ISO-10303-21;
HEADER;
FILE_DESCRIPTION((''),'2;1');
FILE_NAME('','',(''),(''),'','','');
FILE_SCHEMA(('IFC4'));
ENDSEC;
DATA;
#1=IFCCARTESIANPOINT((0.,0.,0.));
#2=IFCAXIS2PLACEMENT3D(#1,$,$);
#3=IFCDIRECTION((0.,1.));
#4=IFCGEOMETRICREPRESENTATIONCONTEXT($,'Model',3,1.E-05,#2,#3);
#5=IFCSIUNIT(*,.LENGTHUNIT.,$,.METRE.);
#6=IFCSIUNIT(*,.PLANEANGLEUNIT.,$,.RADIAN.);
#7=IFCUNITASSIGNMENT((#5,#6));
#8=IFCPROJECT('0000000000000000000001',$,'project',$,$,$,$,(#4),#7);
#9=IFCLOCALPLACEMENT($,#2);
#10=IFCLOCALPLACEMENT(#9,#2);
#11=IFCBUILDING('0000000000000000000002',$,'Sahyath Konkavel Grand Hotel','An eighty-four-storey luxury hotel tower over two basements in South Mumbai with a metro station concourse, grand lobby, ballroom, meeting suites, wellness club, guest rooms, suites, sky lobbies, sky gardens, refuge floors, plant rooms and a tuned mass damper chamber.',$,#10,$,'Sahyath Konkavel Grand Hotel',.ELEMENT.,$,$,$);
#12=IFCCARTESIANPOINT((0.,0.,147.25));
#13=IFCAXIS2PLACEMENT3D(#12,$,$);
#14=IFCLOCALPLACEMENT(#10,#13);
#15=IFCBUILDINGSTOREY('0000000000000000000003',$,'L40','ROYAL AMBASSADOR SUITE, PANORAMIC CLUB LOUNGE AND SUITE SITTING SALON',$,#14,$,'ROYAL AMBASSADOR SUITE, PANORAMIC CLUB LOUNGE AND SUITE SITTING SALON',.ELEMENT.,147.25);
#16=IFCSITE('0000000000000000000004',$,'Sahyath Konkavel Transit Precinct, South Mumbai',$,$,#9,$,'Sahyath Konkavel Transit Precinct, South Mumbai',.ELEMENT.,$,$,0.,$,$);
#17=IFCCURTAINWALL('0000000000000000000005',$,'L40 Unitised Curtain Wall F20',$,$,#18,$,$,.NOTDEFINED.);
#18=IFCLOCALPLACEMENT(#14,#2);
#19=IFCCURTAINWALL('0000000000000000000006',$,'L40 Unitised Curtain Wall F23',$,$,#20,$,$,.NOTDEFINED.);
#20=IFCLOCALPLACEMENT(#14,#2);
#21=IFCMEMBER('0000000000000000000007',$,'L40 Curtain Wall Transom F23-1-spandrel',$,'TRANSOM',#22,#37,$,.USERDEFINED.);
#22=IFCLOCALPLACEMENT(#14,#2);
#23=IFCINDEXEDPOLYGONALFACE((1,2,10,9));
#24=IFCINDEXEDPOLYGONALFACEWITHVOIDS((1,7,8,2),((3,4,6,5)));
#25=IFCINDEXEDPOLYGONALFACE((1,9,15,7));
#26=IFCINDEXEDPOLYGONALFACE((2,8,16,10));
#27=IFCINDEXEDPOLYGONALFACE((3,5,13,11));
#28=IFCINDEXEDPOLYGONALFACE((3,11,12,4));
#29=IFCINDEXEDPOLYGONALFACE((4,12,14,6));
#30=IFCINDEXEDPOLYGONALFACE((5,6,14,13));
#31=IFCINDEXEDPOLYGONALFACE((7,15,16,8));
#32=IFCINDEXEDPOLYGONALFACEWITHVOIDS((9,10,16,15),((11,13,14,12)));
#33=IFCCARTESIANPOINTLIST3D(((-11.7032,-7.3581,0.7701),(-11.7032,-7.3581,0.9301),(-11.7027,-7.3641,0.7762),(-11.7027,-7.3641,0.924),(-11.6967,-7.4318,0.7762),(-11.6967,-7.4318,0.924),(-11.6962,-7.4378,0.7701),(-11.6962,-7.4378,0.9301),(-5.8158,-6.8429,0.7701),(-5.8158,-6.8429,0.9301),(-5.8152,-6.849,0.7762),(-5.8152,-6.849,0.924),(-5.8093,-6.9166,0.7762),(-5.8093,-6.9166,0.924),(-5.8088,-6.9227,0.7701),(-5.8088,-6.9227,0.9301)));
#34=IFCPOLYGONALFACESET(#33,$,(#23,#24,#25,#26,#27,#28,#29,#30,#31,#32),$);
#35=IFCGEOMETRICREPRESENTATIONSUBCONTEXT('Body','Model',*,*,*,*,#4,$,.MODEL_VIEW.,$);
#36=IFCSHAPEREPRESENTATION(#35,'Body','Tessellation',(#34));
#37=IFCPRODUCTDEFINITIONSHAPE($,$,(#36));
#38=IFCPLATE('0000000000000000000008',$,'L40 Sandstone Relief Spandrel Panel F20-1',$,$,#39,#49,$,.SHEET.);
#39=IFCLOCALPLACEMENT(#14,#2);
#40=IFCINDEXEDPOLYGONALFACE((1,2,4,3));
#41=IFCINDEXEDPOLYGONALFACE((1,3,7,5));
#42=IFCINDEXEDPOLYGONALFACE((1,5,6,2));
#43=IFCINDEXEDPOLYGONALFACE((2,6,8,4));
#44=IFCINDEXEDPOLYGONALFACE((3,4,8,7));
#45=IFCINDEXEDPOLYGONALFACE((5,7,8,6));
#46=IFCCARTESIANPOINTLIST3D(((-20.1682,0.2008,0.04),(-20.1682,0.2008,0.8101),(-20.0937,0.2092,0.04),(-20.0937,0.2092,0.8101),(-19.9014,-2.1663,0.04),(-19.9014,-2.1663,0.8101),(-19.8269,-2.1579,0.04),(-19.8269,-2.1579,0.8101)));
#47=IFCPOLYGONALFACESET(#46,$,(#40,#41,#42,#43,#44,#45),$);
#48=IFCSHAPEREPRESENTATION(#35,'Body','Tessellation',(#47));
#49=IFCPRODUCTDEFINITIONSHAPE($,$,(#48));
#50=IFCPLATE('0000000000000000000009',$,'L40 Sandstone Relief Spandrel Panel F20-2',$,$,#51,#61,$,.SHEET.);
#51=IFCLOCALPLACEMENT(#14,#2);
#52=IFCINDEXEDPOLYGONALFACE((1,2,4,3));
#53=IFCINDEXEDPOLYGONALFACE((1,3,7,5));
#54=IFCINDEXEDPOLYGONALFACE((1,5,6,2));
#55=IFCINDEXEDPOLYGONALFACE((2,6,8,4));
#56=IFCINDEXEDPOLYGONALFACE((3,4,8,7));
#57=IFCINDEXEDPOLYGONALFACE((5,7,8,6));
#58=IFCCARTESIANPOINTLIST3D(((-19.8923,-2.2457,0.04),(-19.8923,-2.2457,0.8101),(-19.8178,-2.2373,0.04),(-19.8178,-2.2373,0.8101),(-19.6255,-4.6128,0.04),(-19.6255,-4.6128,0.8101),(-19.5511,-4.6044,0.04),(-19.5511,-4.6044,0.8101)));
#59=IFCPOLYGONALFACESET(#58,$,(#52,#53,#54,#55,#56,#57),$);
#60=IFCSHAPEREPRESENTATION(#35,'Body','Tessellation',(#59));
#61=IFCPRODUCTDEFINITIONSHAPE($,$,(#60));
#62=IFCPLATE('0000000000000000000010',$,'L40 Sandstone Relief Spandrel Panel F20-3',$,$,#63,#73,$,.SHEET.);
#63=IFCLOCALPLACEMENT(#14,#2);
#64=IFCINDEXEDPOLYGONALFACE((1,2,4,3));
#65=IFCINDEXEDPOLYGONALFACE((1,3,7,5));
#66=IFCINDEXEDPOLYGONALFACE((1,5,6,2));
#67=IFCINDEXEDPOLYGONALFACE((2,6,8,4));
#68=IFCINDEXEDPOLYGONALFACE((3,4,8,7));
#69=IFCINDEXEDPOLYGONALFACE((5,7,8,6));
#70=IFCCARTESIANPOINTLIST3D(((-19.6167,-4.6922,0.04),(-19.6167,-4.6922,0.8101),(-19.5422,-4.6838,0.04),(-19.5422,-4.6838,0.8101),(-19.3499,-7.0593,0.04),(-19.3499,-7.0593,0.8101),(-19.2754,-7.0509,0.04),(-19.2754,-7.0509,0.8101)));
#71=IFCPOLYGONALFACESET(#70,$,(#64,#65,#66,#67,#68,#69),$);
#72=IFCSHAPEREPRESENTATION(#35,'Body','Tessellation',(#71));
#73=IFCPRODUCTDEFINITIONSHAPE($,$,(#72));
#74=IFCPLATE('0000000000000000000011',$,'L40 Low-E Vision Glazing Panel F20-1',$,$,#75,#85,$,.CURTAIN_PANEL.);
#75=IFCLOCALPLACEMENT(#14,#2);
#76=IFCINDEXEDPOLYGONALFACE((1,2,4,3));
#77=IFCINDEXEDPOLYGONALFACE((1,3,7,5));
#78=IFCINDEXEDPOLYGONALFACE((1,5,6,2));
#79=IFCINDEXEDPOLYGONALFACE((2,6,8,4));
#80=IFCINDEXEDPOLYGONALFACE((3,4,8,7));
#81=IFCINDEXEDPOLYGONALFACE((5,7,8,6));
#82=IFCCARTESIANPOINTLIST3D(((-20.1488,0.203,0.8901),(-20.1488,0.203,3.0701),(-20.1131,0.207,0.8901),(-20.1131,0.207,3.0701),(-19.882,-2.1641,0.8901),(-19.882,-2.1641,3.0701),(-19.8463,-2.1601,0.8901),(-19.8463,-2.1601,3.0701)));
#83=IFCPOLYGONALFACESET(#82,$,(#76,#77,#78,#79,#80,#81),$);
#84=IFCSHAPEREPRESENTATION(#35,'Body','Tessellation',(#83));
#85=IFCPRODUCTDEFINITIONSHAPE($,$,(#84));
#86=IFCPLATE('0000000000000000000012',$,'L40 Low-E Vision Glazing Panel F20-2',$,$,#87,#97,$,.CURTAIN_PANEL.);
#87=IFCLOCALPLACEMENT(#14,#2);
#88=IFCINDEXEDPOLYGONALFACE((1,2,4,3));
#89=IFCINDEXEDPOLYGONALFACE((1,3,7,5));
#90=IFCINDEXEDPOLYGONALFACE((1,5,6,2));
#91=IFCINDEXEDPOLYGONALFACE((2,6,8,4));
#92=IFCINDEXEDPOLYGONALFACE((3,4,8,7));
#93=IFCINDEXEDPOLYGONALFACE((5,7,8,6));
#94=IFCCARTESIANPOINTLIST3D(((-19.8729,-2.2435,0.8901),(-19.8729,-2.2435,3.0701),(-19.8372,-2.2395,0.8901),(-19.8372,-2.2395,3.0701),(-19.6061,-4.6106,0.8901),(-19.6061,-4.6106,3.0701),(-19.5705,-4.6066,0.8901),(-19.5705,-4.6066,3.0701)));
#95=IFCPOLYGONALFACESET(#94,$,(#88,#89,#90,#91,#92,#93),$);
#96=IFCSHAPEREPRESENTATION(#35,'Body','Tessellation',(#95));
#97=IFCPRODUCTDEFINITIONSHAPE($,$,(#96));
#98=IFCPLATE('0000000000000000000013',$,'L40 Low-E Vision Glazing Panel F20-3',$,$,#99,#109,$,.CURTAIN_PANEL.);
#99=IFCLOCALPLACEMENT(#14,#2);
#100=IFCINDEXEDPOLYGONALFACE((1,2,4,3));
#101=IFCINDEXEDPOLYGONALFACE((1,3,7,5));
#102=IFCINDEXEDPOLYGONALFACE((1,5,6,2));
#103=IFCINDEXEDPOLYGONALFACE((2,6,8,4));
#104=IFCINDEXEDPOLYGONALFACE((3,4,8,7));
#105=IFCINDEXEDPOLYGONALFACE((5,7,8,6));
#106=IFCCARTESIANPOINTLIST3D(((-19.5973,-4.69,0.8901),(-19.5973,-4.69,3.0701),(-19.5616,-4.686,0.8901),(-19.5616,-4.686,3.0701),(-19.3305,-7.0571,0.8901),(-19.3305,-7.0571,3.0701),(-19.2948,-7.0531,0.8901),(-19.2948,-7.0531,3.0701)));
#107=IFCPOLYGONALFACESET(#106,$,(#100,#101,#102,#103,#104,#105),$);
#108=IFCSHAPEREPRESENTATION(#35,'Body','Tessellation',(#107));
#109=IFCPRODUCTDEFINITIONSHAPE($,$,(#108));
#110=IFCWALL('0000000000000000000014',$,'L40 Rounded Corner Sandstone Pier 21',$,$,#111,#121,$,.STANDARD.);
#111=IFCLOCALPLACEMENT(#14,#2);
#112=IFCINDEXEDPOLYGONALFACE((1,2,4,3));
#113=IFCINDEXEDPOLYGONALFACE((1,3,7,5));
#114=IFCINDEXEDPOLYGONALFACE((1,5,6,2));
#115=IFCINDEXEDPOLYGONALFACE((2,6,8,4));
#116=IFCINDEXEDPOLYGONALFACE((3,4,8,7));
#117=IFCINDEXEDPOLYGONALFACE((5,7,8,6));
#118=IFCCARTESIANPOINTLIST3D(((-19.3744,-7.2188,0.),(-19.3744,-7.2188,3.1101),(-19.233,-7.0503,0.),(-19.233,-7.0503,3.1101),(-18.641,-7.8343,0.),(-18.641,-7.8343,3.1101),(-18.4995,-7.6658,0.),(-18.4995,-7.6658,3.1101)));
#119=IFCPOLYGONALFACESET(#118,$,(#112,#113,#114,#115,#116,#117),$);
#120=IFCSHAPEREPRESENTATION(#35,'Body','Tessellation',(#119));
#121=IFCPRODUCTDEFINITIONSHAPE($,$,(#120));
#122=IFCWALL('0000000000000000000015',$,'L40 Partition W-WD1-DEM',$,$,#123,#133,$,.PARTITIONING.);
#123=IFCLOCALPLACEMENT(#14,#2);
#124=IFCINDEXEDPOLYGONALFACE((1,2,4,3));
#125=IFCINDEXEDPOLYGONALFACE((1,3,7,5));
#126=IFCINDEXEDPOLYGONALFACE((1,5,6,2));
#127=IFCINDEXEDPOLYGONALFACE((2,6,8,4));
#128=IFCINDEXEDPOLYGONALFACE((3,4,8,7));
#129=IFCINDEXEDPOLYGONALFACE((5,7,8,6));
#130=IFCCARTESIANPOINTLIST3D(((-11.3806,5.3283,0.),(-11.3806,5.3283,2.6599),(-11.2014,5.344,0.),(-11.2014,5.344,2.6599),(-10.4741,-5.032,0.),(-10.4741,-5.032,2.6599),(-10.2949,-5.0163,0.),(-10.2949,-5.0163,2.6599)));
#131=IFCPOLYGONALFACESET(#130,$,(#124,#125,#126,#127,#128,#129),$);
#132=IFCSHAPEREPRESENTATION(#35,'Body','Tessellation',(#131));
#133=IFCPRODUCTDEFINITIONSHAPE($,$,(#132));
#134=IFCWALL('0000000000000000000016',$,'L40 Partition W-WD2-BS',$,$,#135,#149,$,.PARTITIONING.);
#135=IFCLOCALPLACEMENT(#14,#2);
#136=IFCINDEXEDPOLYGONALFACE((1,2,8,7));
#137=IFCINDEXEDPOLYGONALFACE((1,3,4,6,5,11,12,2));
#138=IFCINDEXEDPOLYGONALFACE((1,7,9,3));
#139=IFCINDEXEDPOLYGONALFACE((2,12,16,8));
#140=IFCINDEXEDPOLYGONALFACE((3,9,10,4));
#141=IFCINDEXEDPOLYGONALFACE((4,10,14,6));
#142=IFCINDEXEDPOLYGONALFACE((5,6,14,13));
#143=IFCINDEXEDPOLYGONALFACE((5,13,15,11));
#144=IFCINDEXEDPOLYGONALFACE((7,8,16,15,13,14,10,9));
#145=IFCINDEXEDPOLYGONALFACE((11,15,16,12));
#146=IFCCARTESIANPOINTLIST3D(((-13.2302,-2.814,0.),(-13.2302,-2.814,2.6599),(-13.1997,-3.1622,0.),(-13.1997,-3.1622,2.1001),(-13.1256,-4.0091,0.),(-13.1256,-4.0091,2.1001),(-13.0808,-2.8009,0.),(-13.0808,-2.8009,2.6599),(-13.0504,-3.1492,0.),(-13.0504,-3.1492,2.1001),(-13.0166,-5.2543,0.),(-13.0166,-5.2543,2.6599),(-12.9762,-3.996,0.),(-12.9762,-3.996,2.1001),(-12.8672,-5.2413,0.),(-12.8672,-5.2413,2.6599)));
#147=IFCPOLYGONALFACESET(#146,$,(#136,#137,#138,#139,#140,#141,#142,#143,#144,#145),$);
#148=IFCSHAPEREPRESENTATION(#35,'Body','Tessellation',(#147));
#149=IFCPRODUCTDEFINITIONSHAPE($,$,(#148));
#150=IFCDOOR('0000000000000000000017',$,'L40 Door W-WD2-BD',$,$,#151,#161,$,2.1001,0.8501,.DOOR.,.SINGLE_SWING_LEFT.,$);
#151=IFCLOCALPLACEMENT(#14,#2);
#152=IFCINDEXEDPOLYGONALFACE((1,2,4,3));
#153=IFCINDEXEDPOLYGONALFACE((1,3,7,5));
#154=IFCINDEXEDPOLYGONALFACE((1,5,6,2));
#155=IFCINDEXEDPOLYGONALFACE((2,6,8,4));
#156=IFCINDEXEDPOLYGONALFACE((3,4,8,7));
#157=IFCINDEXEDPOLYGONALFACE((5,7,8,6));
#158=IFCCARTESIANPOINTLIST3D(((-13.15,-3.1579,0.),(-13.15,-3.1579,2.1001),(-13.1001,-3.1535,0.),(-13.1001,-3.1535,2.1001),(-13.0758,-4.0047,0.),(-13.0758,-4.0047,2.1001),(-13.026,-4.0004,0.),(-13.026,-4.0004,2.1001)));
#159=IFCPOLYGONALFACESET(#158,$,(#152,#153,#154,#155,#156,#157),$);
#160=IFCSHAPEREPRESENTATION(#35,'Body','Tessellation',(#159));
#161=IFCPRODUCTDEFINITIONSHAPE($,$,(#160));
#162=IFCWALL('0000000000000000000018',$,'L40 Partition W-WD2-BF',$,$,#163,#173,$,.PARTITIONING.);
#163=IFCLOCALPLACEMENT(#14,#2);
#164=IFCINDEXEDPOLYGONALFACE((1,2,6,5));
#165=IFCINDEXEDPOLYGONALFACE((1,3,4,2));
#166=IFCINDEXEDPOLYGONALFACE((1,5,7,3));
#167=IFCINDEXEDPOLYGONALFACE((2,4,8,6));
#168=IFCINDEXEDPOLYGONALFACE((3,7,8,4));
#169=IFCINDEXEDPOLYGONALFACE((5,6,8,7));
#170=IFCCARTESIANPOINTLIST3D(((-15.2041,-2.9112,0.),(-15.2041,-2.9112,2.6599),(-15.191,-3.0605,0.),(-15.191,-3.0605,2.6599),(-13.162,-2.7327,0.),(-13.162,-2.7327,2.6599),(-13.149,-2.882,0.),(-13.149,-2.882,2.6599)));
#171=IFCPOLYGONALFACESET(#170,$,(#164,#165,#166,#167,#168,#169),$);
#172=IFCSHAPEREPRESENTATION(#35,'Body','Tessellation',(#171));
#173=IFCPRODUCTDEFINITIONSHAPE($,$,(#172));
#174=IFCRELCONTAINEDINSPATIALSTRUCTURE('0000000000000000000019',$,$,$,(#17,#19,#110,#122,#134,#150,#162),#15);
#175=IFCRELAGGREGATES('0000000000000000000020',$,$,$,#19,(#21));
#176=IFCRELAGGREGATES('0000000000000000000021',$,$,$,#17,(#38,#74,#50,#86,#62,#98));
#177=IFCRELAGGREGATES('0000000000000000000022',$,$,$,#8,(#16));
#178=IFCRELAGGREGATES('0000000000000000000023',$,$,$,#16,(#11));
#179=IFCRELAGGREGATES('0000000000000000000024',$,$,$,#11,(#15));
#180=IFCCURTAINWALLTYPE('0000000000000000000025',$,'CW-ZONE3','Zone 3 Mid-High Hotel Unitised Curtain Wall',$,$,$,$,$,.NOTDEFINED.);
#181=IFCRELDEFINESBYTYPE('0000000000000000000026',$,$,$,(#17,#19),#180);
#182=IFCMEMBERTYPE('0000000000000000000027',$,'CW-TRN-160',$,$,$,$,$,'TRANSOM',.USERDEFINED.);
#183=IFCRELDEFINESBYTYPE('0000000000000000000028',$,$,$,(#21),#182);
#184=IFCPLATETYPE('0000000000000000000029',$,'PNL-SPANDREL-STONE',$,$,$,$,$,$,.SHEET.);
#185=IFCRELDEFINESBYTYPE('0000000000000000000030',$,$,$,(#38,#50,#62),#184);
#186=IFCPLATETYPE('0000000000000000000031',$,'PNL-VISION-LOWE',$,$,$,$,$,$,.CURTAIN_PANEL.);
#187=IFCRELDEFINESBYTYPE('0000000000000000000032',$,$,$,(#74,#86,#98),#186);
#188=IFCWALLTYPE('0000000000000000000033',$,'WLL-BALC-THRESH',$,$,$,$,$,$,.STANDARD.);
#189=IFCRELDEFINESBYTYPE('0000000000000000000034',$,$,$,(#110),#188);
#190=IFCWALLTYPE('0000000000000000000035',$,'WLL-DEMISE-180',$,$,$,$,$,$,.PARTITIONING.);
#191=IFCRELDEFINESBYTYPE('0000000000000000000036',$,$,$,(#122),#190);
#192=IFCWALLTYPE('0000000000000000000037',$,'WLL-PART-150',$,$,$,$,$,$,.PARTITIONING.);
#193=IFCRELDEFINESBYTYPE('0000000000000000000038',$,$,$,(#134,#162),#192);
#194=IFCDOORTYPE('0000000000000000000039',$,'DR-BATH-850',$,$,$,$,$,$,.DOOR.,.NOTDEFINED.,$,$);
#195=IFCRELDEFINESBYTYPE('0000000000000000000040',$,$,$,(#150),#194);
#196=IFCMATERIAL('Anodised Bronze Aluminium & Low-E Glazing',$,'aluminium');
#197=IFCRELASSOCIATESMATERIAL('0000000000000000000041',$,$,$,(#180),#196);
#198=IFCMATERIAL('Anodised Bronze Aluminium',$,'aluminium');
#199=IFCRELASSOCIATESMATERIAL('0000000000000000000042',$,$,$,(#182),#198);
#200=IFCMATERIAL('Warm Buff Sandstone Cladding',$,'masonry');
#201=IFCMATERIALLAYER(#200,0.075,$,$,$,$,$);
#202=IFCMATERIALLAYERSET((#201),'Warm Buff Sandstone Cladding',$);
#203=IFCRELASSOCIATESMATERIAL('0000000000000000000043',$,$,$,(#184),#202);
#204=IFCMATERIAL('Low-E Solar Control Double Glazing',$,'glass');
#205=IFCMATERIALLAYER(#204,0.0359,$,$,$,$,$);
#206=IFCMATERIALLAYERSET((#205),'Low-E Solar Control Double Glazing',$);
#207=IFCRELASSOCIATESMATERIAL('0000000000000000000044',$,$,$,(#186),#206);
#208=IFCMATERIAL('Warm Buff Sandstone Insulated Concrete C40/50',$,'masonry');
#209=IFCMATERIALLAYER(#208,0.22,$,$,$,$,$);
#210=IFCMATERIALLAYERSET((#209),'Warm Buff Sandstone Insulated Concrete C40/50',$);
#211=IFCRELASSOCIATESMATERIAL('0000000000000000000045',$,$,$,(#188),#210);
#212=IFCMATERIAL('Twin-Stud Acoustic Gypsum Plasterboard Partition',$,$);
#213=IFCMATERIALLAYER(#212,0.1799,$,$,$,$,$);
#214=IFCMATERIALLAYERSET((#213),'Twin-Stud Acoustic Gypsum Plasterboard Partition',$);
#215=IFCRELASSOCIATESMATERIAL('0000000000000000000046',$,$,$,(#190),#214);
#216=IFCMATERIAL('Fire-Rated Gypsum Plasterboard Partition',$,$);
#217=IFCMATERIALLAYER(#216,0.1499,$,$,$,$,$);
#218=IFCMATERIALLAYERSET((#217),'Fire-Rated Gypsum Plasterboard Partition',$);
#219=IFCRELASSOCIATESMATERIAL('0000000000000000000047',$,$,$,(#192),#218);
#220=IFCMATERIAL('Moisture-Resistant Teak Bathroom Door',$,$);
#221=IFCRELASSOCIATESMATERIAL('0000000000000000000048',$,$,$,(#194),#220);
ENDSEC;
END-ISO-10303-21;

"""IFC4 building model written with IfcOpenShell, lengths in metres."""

from ifc_helpers import new_model, si_unit, direction, frame, frame_2d, origin, origin_2d, place, context, subcontext, project, spatial, rectangle, hollow_rectangle, extrude, source, transform, mapped, material, layer, layer_set, material_profile, profile_set, type_object, element, fill, aggregate, save


model = new_model("IFC4")

# Units and contexts
model_context = context("Model", 3, precision=1e-05, world=origin(), true_north=direction((0.0, 1.0)))
body_context = subcontext(model_context, "Body", "Model", "MODEL_VIEW")
ifc_project = project(units=[si_unit("LENGTHUNIT", "METRE"), si_unit("PLANEANGLEUNIT", "RADIAN")], contexts=[model_context])

# Site, building, storey
site_placement = place(None, origin())
site = spatial("IfcSite", under=ifc_project, at=site_placement, Name="Sahyath Konkavel Transit Precinct, South Mumbai", LongName="Sahyath Konkavel Transit Precinct, South Mumbai", CompositionType="ELEMENT", RefElevation=0.0)
building_placement = place(site_placement, origin())
building = spatial("IfcBuilding", under=site, at=building_placement, Name="Sahyath Konkavel Grand Hotel", Description="An eighty-four-storey luxury hotel tower over two basements in South Mumbai with a metro station concourse, grand lobby, ballroom, meeting suites, wellness club, guest rooms, suites, sky lobbies, sky gardens, refuge floors, plant rooms and a tuned mass damper chamber.", LongName="Sahyath Konkavel Grand Hotel", CompositionType="ELEMENT")
storey_placement = place(building_placement, frame((0.0, 0.0, 147.25)))
storey = spatial("IfcBuildingStorey", under=building, at=storey_placement, Name="L40", Description="ROYAL AMBASSADOR SUITE, PANORAMIC CLUB LOUNGE AND SUITE SITTING SALON", LongName="ROYAL AMBASSADOR SUITE, PANORAMIC CLUB LOUNGE AND SUITE SITTING SALON", CompositionType="ELEMENT", Elevation=147.25)

# Curtain wall
ifc_material_1 = material(Name="Anodised Bronze Aluminium & Low-E Glazing", Category="aluminium")
curtain_wall_type = type_object("IfcCurtainWallType", Name="CW-ZONE3", Description="Zone 3 Mid-High Hotel Unitised Curtain Wall", PredefinedType="NOTDEFINED", material=ifc_material_1)
curtain_wall_1_placement = place(storey_placement, origin())
curtain_wall_1 = element("IfcCurtainWall", 1, at=curtain_wall_1_placement, inside=storey, type_object=curtain_wall_type, Name="L40 Unitised Curtain Wall F20", PredefinedType="NOTDEFINED")
ifc_material_2 = material(Name="Anodised Bronze Aluminium", Category="aluminium")
ifc_material_profile_1 = material_profile(ifc_material_2, hollow_rectangle(XDim=0.0801, YDim=0.1599, WallThickness=0.0061, at=origin_2d()), Name="RHS 160x80x6")
ifc_profile_set_1 = profile_set([ifc_material_profile_1], Name="Anodised Bronze Aluminium")
member_type_1 = type_object("IfcMemberType", Name="CW-TRN-160", ElementType="TRANSOM", PredefinedType="USERDEFINED", material=ifc_profile_set_1)

# Curtain wall, member
curtain_wall_2_placement = place(storey_placement, origin())
curtain_wall_2 = element("IfcCurtainWall", 2, at=curtain_wall_2_placement, inside=storey, type_object=curtain_wall_type, Name="L40 Unitised Curtain Wall F23", PredefinedType="NOTDEFINED")
shared_shape_1 = source(origin(), body_context, "Body", "SweptSolid", [
    extrude(hollow_rectangle(XDim=0.0801, YDim=0.1599, WallThickness=0.0061, at=origin_2d()), origin(), (0.0, 0.0, 1.0), 5.9099),
])
member_1_placement = place(storey_placement, frame((-11.6997, -7.3979, 0.8501), z_axis=(0.996194, 0.087164, 0.0), x_axis=(-0.087164, 0.996194, 0.0)))
member_1 = element("IfcMember", 3, at=member_1_placement, type_object=member_type_1, Name="L40 Curtain Wall Transom F23-1-spandrel", ObjectType="TRANSOM", PredefinedType="USERDEFINED", context=body_context, shape_type="MappedRepresentation", body=[
    mapped(shared_shape_1, transform((0.0, 0.0, 0.0), scale=1.0)),
])
aggregate(curtain_wall_2, [member_1])

# Plates
ifc_material_3 = material(Name="Warm Buff Sandstone Cladding", Category="masonry")
ifc_layer_1 = layer(ifc_material_3, 0.075)
ifc_layer_set_1 = layer_set([ifc_layer_1], Name="Warm Buff Sandstone Cladding")
plate_type_1 = type_object("IfcPlateType", Name="PNL-SPANDREL-STONE", PredefinedType="SHEET", material=ifc_layer_set_1)
shared_shape_2 = source(origin(), body_context, "Body", "SweptSolid", [
    extrude(rectangle(XDim=2.3821, YDim=0.075, at=origin_2d()), origin(), (0.0, 0.0, 1.0), 0.77),
])
plate_1_placement = place(storey_placement, frame((-19.9976, -0.9785, 0.04), z_axis=(0.0, 0.0, 1.0), x_axis=(0.111989, -0.993709, 0.0)))
plate_1 = element("IfcPlate", 4, at=plate_1_placement, type_object=plate_type_1, Name="L40 Sandstone Relief Spandrel Panel F20-1", PredefinedType="SHEET", context=body_context, shape_type="MappedRepresentation", body=[
    mapped(shared_shape_2, transform((0.0, 0.0, 0.0), scale=1.0)),
])
plate_2_placement = place(storey_placement, frame((-19.7217, -3.425, 0.04), z_axis=(0.0, 0.0, 1.0), x_axis=(0.111989, -0.993709, 0.0)))
plate_2 = element("IfcPlate", 5, at=plate_2_placement, type_object=plate_type_1, Name="L40 Sandstone Relief Spandrel Panel F20-2", PredefinedType="SHEET", context=body_context, shape_type="MappedRepresentation", body=[
    mapped(shared_shape_2, transform((0.0, 0.0, 0.0), scale=1.0)),
])
plate_3_placement = place(storey_placement, frame((-19.446, -5.8716, 0.04), z_axis=(0.0, 0.0, 1.0), x_axis=(0.111989, -0.993709, 0.0)))
plate_3 = element("IfcPlate", 6, at=plate_3_placement, type_object=plate_type_1, Name="L40 Sandstone Relief Spandrel Panel F20-3", PredefinedType="SHEET", context=body_context, shape_type="MappedRepresentation", body=[
    mapped(shared_shape_2, transform((0.0, 0.0, 0.0), scale=1.0)),
])
ifc_material_4 = material(Name="Low-E Solar Control Double Glazing", Category="glass")
ifc_layer_2 = layer(ifc_material_4, 0.0359)
ifc_layer_set_2 = layer_set([ifc_layer_2], Name="Low-E Solar Control Double Glazing")
plate_type_2 = type_object("IfcPlateType", Name="PNL-VISION-LOWE", PredefinedType="CURTAIN_PANEL", material=ifc_layer_set_2)
shared_shape_3 = source(origin(), body_context, "Body", "SweptSolid", [
    extrude(rectangle(XDim=2.3821, YDim=0.0359, at=origin_2d()), origin(), (0.0, 0.0, 1.0), 2.1799),
])
plate_4_placement = place(storey_placement, frame((-19.9976, -0.9785, 0.8901), z_axis=(0.0, 0.0, 1.0), x_axis=(0.111989, -0.993709, 0.0)))
plate_4 = element("IfcPlate", 7, at=plate_4_placement, type_object=plate_type_2, Name="L40 Low-E Vision Glazing Panel F20-1", PredefinedType="CURTAIN_PANEL", context=body_context, shape_type="MappedRepresentation", body=[
    mapped(shared_shape_3, transform((0.0, 0.0, 0.0), scale=1.0)),
])
plate_5_placement = place(storey_placement, frame((-19.7217, -3.425, 0.8901), z_axis=(0.0, 0.0, 1.0), x_axis=(0.111989, -0.993709, 0.0)))
plate_5 = element("IfcPlate", 8, at=plate_5_placement, type_object=plate_type_2, Name="L40 Low-E Vision Glazing Panel F20-2", PredefinedType="CURTAIN_PANEL", context=body_context, shape_type="MappedRepresentation", body=[
    mapped(shared_shape_3, transform((0.0, 0.0, 0.0), scale=1.0)),
])
plate_6_placement = place(storey_placement, frame((-19.446, -5.8716, 0.8901), z_axis=(0.0, 0.0, 1.0), x_axis=(0.111989, -0.993709, 0.0)))
plate_6 = element("IfcPlate", 9, at=plate_6_placement, type_object=plate_type_2, Name="L40 Low-E Vision Glazing Panel F20-3", PredefinedType="CURTAIN_PANEL", context=body_context, shape_type="MappedRepresentation", body=[
    mapped(shared_shape_3, transform((0.0, 0.0, 0.0), scale=1.0)),
])
aggregate(curtain_wall_1, [plate_1, plate_4, plate_2, plate_5, plate_3, plate_6])

# Walls
ifc_material_5 = material(Name="Warm Buff Sandstone Insulated Concrete C40/50", Category="masonry")
ifc_layer_3 = layer(ifc_material_5, 0.22)
ifc_layer_set_3 = layer_set([ifc_layer_3], Name="Warm Buff Sandstone Insulated Concrete C40/50")
wall_type_1 = type_object("IfcWallType", Name="WLL-BALC-THRESH", PredefinedType="STANDARD", material=ifc_layer_set_3)
wall_1_placement = place(storey_placement, frame((-19.3037, -7.1345, 0.0), z_axis=(0.0, 0.0, 1.0), x_axis=(0.766001, -0.642839, 0.0)))
element("IfcWall", 10, at=wall_1_placement, inside=storey, type_object=wall_type_1, Name="L40 Rounded Corner Sandstone Pier 21", PredefinedType="STANDARD", context=body_context, shape_type="SweptSolid", body=[
    extrude(rectangle(XDim=0.9575, YDim=0.22, at=frame_2d((0.4788, 0.0))), origin(), (0.0, 0.0, 1.0), 3.1101),
])
ifc_material_6 = material(Name="Twin-Stud Acoustic Gypsum Plasterboard Partition")
ifc_layer_4 = layer(ifc_material_6, 0.1799)
ifc_layer_set_4 = layer_set([ifc_layer_4], Name="Twin-Stud Acoustic Gypsum Plasterboard Partition")
wall_type_2 = type_object("IfcWallType", Name="WLL-DEMISE-180", PredefinedType="PARTITIONING", material=ifc_layer_set_4)
wall_2_placement = place(storey_placement, frame((-10.3845, -5.0242, 0.0), z_axis=(0.0, 0.0, 1.0), x_axis=(-0.087163, 0.996194, 0.0)))
element("IfcWall", 11, at=wall_2_placement, inside=storey, type_object=wall_type_2, Name="L40 Partition W-WD1-DEM", PredefinedType="PARTITIONING", context=body_context, shape_type="SweptSolid", body=[
    extrude(rectangle(XDim=10.3999, YDim=0.1799, at=frame_2d((5.2, 0.0))), origin(), (0.0, 0.0, 1.0), 2.6599),
])

# Wall, opening, door
ifc_material_7 = material(Name="Fire-Rated Gypsum Plasterboard Partition")
ifc_layer_5 = layer(ifc_material_7, 0.1499)
ifc_layer_set_5 = layer_set([ifc_layer_5], Name="Fire-Rated Gypsum Plasterboard Partition")
wall_type_3 = type_object("IfcWallType", Name="WLL-PART-150", PredefinedType="PARTITIONING", material=ifc_layer_set_5)
wall_3_placement = place(storey_placement, frame((-12.9419, -5.2478, 0.0), z_axis=(0.0, 0.0, 1.0), x_axis=(-0.087202, 0.996191, 0.0)))
wall_3 = element("IfcWall", 12, at=wall_3_placement, inside=storey, type_object=wall_type_3, Name="L40 Partition W-WD2-BS", PredefinedType="PARTITIONING", context=body_context, shape_type="SweptSolid", body=[
    extrude(rectangle(XDim=2.4497, YDim=0.1499, at=frame_2d((1.2249, 0.0))), origin(), (0.0, 0.0, 1.0), 2.6599),
])
opening_placement = place(wall_3_placement, frame((1.25, 0.0, 0.0)))
opening = element("IfcOpeningElement", 13, at=opening_placement, cuts=wall_3, PredefinedType="OPENING", context=body_context, shape_type="SweptSolid", body=[
    extrude(rectangle(XDim=0.8501, YDim=2.1001, at=frame_2d((0.425, 1.05))), frame((0.0, 0.085, 0.0), z_axis=(0.0, -1.0, 0.0), x_axis=(1.0, 0.0, 0.0)), (0.0, 0.0, 1.0), 0.1699),
])
ifc_material_8 = material(Name="Moisture-Resistant Teak Bathroom Door")
door_type = type_object("IfcDoorType", Name="DR-BATH-850", OperationType="NOTDEFINED", PredefinedType="DOOR", material=ifc_material_8)
shared_shape_4 = source(origin(), body_context, "Body", "SweptSolid", [
    extrude(rectangle(XDim=0.8501, YDim=0.05, at=origin_2d()), origin(), (0.0, 0.0, 1.0), 2.1001),
])
door_placement = place(opening_placement, frame((0.425, 0.0, 0.0)))
door = element("IfcDoor", 14, at=door_placement, inside=storey, type_object=door_type, Name="L40 Door W-WD2-BD", OperationType="SINGLE_SWING_LEFT", OverallHeight=2.1001, OverallWidth=0.8501, PredefinedType="DOOR", context=body_context, shape_type="MappedRepresentation", body=[
    mapped(shared_shape_4, transform((0.0, 0.0, 0.0), scale=1.0)),
])
fill(opening, door)

# Wall
wall_4_placement = place(storey_placement, frame((-13.1555, -2.8074, 0.0), z_axis=(0.0, 0.0, 1.0), x_axis=(-0.996203, -0.087066, 0.0)))
element("IfcWall", 15, at=wall_4_placement, inside=storey, type_object=wall_type_3, Name="L40 Partition W-WD2-BF", PredefinedType="PARTITIONING", context=body_context, shape_type="SweptSolid", body=[
    extrude(rectangle(XDim=2.0498, YDim=0.1499, at=frame_2d((1.0249, 0.0))), origin(), (0.0, 0.0, 1.0), 2.6599),
])

save(model, "model.ifc")
